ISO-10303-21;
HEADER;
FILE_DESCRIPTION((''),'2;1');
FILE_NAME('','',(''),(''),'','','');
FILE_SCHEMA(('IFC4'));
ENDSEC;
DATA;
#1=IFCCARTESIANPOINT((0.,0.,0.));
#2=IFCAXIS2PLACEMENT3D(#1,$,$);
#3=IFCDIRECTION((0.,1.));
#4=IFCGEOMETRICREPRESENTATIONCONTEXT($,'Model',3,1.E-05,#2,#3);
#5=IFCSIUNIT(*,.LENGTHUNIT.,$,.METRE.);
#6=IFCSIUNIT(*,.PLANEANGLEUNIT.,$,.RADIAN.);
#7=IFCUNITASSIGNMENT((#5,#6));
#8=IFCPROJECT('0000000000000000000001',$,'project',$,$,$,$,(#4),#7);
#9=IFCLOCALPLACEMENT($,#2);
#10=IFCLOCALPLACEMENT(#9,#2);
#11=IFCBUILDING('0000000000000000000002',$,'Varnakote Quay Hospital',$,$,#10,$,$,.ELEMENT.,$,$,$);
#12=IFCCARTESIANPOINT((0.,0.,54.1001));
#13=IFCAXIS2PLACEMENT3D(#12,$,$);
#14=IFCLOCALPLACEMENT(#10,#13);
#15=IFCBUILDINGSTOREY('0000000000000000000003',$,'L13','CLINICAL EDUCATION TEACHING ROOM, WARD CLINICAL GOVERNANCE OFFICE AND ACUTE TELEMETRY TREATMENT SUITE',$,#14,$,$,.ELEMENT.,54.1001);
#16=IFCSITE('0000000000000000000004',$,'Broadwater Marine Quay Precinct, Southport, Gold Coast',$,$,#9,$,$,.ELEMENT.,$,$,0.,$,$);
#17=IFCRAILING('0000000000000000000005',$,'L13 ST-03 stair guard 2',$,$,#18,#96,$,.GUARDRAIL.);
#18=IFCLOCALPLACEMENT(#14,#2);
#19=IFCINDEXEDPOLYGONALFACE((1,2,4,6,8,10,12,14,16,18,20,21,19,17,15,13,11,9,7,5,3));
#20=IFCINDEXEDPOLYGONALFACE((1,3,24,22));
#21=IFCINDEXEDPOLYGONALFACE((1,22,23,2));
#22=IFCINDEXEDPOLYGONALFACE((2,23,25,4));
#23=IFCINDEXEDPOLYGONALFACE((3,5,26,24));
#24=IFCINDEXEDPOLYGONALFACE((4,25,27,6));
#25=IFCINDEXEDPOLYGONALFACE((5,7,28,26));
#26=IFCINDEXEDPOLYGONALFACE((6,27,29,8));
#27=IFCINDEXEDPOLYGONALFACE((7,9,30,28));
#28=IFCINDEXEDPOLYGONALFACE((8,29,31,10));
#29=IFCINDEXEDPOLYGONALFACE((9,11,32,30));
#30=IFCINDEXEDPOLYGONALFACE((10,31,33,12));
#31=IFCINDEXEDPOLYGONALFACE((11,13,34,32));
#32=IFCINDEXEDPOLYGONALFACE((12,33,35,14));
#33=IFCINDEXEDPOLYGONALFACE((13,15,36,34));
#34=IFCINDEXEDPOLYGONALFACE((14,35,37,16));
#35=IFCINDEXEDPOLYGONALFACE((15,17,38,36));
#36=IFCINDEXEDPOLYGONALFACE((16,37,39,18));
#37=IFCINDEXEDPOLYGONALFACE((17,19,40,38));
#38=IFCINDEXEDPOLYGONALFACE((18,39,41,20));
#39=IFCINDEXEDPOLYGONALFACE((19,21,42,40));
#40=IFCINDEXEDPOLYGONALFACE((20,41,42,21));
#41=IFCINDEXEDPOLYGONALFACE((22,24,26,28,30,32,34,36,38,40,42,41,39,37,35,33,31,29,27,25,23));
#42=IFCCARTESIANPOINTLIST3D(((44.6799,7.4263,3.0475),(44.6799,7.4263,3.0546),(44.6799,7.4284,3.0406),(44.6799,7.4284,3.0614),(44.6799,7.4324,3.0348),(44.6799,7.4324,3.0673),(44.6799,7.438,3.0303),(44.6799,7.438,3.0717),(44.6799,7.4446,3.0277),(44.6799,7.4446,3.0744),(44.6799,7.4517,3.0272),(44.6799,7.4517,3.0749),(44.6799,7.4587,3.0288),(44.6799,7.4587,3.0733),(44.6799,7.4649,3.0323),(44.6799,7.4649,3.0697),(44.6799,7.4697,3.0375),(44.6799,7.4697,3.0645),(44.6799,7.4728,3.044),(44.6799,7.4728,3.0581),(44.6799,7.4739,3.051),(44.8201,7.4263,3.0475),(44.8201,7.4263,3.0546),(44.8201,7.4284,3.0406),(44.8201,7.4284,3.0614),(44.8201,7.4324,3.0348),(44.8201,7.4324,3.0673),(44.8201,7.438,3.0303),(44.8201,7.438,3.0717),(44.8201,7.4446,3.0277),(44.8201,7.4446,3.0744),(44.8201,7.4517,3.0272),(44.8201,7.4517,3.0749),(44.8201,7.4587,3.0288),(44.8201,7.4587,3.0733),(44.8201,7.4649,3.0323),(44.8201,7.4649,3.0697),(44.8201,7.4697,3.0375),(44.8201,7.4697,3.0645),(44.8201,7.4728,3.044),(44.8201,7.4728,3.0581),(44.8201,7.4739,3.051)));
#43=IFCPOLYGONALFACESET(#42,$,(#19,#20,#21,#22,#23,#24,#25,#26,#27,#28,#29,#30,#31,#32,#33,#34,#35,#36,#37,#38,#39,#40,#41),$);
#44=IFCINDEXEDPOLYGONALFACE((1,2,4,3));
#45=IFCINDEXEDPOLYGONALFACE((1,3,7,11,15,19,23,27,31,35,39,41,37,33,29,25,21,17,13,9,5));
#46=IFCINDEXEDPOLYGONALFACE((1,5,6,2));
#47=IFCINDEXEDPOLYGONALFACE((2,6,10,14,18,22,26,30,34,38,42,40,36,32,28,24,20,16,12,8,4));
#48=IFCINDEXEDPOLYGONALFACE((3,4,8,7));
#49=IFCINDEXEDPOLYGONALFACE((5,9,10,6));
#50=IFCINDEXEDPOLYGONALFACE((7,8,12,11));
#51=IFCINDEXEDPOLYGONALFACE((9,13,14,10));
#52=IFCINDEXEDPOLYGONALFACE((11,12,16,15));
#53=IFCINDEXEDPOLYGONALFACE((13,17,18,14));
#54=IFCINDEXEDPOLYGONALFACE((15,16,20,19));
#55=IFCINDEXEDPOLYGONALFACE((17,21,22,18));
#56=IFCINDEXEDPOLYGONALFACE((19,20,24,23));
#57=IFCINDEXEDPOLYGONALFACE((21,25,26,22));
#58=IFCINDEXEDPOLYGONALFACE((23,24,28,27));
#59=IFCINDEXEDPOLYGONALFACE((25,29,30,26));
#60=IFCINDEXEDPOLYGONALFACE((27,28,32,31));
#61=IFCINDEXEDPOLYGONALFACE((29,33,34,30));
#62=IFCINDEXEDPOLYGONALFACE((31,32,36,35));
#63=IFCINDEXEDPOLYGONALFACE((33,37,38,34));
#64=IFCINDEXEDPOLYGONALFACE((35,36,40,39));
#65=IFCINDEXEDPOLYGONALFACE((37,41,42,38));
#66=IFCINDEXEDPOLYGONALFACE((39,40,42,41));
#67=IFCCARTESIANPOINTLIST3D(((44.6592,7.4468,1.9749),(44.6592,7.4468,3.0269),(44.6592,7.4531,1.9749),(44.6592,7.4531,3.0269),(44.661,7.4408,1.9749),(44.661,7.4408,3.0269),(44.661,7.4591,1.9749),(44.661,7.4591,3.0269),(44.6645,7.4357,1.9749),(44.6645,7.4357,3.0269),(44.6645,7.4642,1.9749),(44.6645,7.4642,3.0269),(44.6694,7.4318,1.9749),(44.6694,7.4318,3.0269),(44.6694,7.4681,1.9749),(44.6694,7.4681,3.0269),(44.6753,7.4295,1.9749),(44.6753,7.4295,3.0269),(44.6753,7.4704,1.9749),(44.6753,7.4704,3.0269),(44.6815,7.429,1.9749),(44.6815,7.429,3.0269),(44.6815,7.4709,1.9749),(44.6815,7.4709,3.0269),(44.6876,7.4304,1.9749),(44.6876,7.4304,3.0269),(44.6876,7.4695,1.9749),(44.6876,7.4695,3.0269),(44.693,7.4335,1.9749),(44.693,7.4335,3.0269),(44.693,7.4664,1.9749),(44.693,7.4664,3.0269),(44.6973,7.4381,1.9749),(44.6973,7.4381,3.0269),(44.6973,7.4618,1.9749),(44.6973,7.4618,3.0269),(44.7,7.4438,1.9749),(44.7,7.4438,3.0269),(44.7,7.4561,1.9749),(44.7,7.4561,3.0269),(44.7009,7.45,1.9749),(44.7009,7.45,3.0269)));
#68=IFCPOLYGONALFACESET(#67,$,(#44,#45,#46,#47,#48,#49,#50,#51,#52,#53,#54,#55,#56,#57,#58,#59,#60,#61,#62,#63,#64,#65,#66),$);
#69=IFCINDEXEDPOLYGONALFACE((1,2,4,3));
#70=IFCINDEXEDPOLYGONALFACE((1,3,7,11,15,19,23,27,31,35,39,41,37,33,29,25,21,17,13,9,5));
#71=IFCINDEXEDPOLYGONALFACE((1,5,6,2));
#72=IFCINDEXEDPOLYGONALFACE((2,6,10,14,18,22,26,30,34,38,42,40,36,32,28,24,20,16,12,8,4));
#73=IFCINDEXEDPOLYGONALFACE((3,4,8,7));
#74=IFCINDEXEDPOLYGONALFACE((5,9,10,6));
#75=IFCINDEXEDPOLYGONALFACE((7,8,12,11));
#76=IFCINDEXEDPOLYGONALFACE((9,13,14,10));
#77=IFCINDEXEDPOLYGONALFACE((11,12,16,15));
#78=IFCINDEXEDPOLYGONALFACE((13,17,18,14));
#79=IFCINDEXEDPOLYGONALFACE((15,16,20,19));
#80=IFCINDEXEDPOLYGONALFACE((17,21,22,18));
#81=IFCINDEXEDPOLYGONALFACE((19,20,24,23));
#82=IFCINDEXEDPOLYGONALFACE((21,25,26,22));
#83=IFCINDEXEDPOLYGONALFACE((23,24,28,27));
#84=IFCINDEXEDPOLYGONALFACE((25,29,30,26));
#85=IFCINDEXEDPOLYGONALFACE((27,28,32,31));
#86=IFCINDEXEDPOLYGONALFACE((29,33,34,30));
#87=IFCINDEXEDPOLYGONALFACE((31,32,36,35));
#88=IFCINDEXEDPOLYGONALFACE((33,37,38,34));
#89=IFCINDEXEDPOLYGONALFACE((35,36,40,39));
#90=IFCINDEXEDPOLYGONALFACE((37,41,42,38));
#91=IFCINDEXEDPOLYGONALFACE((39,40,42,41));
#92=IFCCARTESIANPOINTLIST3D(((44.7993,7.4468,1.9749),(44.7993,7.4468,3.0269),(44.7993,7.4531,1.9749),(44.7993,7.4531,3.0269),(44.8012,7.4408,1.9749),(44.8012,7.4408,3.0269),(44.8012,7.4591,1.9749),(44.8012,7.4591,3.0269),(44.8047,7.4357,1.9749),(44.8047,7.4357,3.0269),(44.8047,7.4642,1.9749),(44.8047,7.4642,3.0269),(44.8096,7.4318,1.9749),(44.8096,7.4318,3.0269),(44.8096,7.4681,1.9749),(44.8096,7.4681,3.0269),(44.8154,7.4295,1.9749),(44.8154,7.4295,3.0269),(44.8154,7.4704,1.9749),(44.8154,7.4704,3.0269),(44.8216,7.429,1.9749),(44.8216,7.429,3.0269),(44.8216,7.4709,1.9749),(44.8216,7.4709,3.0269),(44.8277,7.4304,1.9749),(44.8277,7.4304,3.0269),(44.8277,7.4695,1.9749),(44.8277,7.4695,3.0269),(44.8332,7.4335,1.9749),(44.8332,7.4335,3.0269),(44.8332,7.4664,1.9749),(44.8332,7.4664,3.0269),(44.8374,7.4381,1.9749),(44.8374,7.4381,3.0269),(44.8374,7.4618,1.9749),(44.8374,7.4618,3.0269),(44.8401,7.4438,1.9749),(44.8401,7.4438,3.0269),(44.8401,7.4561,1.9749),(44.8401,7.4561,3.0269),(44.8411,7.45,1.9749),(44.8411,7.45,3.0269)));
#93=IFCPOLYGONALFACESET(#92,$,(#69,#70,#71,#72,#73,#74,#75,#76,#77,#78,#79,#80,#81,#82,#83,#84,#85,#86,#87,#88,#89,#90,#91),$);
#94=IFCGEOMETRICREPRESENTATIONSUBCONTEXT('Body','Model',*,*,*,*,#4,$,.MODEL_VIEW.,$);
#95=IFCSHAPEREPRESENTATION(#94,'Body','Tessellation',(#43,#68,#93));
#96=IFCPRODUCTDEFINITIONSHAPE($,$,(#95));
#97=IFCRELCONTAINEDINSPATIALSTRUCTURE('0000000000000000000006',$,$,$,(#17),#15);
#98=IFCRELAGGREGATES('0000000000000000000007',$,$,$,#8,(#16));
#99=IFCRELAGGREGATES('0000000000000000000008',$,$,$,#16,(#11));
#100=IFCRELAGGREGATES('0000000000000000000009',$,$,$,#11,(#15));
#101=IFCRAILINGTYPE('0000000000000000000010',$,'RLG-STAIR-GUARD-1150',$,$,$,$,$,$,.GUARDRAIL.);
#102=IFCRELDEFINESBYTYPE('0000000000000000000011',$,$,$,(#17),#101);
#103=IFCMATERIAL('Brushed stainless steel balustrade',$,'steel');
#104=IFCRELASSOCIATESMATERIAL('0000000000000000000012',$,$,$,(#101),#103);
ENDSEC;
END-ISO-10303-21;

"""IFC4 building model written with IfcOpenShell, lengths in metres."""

from ifc_helpers import new_model, si_unit, direction, frame, origin, origin_2d, place, context, subcontext, project, spatial, circle, extrude, material, type_object, element, save


model = new_model("IFC4")

# Units and contexts
model_context = context("Model", 3, precision=1e-05, world=origin(), true_north=direction((0.0, 1.0)))
body_context = subcontext(model_context, "Body", "Model", "MODEL_VIEW")
ifc_project = project(units=[si_unit("LENGTHUNIT", "METRE"), si_unit("PLANEANGLEUNIT", "RADIAN")], contexts=[model_context])

# Site, building, storey
site_placement = place(None, origin())
site = spatial("IfcSite", under=ifc_project, at=site_placement, Name="Broadwater Marine Quay Precinct, Southport, Gold Coast", CompositionType="ELEMENT", RefElevation=0.0)
building_placement = place(site_placement, origin())
building = spatial("IfcBuilding", under=site, at=building_placement, Name="Varnakote Quay Hospital", CompositionType="ELEMENT")
storey_placement = place(building_placement, frame((0.0, 0.0, 54.1001)))
storey = spatial("IfcBuildingStorey", under=building, at=storey_placement, Name="L13", Description="CLINICAL EDUCATION TEACHING ROOM, WARD CLINICAL GOVERNANCE OFFICE AND ACUTE TELEMETRY TREATMENT SUITE", CompositionType="ELEMENT", Elevation=54.1001)

# Railing
ifc_material_1 = material(Name="Brushed stainless steel balustrade", Category="steel")
railing_type_1 = type_object("IfcRailingType", Name="RLG-STAIR-GUARD-1150", PredefinedType="GUARDRAIL", material=ifc_material_1)
railing_1_placement = place(storey_placement, frame((44.6799, 7.45, 1.9749)))
element("IfcRailing", 1, at=railing_1_placement, inside=storey, type_object=railing_type_1, Name="L13 ST-03 stair guard 2", PredefinedType="GUARDRAIL", context=body_context, shape_type="SweptSolid", body=[
    extrude(circle(Radius=0.0239, at=origin_2d()), frame((0.0, 0.0, 1.0762), z_axis=(1.0, 0.0, 0.0), x_axis=(0.0, 1.0, 0.0)), (0.0, 0.0, 1.0), 0.1401),
    extrude(circle(Radius=0.021, at=origin_2d()), origin(), (0.0, 0.0, 1.0), 1.052),
    extrude(circle(Radius=0.021, at=origin_2d()), frame((0.1401, 0.0, 0.0)), (0.0, 0.0, 1.0), 1.052),
])

save(model, "model.ifc")
